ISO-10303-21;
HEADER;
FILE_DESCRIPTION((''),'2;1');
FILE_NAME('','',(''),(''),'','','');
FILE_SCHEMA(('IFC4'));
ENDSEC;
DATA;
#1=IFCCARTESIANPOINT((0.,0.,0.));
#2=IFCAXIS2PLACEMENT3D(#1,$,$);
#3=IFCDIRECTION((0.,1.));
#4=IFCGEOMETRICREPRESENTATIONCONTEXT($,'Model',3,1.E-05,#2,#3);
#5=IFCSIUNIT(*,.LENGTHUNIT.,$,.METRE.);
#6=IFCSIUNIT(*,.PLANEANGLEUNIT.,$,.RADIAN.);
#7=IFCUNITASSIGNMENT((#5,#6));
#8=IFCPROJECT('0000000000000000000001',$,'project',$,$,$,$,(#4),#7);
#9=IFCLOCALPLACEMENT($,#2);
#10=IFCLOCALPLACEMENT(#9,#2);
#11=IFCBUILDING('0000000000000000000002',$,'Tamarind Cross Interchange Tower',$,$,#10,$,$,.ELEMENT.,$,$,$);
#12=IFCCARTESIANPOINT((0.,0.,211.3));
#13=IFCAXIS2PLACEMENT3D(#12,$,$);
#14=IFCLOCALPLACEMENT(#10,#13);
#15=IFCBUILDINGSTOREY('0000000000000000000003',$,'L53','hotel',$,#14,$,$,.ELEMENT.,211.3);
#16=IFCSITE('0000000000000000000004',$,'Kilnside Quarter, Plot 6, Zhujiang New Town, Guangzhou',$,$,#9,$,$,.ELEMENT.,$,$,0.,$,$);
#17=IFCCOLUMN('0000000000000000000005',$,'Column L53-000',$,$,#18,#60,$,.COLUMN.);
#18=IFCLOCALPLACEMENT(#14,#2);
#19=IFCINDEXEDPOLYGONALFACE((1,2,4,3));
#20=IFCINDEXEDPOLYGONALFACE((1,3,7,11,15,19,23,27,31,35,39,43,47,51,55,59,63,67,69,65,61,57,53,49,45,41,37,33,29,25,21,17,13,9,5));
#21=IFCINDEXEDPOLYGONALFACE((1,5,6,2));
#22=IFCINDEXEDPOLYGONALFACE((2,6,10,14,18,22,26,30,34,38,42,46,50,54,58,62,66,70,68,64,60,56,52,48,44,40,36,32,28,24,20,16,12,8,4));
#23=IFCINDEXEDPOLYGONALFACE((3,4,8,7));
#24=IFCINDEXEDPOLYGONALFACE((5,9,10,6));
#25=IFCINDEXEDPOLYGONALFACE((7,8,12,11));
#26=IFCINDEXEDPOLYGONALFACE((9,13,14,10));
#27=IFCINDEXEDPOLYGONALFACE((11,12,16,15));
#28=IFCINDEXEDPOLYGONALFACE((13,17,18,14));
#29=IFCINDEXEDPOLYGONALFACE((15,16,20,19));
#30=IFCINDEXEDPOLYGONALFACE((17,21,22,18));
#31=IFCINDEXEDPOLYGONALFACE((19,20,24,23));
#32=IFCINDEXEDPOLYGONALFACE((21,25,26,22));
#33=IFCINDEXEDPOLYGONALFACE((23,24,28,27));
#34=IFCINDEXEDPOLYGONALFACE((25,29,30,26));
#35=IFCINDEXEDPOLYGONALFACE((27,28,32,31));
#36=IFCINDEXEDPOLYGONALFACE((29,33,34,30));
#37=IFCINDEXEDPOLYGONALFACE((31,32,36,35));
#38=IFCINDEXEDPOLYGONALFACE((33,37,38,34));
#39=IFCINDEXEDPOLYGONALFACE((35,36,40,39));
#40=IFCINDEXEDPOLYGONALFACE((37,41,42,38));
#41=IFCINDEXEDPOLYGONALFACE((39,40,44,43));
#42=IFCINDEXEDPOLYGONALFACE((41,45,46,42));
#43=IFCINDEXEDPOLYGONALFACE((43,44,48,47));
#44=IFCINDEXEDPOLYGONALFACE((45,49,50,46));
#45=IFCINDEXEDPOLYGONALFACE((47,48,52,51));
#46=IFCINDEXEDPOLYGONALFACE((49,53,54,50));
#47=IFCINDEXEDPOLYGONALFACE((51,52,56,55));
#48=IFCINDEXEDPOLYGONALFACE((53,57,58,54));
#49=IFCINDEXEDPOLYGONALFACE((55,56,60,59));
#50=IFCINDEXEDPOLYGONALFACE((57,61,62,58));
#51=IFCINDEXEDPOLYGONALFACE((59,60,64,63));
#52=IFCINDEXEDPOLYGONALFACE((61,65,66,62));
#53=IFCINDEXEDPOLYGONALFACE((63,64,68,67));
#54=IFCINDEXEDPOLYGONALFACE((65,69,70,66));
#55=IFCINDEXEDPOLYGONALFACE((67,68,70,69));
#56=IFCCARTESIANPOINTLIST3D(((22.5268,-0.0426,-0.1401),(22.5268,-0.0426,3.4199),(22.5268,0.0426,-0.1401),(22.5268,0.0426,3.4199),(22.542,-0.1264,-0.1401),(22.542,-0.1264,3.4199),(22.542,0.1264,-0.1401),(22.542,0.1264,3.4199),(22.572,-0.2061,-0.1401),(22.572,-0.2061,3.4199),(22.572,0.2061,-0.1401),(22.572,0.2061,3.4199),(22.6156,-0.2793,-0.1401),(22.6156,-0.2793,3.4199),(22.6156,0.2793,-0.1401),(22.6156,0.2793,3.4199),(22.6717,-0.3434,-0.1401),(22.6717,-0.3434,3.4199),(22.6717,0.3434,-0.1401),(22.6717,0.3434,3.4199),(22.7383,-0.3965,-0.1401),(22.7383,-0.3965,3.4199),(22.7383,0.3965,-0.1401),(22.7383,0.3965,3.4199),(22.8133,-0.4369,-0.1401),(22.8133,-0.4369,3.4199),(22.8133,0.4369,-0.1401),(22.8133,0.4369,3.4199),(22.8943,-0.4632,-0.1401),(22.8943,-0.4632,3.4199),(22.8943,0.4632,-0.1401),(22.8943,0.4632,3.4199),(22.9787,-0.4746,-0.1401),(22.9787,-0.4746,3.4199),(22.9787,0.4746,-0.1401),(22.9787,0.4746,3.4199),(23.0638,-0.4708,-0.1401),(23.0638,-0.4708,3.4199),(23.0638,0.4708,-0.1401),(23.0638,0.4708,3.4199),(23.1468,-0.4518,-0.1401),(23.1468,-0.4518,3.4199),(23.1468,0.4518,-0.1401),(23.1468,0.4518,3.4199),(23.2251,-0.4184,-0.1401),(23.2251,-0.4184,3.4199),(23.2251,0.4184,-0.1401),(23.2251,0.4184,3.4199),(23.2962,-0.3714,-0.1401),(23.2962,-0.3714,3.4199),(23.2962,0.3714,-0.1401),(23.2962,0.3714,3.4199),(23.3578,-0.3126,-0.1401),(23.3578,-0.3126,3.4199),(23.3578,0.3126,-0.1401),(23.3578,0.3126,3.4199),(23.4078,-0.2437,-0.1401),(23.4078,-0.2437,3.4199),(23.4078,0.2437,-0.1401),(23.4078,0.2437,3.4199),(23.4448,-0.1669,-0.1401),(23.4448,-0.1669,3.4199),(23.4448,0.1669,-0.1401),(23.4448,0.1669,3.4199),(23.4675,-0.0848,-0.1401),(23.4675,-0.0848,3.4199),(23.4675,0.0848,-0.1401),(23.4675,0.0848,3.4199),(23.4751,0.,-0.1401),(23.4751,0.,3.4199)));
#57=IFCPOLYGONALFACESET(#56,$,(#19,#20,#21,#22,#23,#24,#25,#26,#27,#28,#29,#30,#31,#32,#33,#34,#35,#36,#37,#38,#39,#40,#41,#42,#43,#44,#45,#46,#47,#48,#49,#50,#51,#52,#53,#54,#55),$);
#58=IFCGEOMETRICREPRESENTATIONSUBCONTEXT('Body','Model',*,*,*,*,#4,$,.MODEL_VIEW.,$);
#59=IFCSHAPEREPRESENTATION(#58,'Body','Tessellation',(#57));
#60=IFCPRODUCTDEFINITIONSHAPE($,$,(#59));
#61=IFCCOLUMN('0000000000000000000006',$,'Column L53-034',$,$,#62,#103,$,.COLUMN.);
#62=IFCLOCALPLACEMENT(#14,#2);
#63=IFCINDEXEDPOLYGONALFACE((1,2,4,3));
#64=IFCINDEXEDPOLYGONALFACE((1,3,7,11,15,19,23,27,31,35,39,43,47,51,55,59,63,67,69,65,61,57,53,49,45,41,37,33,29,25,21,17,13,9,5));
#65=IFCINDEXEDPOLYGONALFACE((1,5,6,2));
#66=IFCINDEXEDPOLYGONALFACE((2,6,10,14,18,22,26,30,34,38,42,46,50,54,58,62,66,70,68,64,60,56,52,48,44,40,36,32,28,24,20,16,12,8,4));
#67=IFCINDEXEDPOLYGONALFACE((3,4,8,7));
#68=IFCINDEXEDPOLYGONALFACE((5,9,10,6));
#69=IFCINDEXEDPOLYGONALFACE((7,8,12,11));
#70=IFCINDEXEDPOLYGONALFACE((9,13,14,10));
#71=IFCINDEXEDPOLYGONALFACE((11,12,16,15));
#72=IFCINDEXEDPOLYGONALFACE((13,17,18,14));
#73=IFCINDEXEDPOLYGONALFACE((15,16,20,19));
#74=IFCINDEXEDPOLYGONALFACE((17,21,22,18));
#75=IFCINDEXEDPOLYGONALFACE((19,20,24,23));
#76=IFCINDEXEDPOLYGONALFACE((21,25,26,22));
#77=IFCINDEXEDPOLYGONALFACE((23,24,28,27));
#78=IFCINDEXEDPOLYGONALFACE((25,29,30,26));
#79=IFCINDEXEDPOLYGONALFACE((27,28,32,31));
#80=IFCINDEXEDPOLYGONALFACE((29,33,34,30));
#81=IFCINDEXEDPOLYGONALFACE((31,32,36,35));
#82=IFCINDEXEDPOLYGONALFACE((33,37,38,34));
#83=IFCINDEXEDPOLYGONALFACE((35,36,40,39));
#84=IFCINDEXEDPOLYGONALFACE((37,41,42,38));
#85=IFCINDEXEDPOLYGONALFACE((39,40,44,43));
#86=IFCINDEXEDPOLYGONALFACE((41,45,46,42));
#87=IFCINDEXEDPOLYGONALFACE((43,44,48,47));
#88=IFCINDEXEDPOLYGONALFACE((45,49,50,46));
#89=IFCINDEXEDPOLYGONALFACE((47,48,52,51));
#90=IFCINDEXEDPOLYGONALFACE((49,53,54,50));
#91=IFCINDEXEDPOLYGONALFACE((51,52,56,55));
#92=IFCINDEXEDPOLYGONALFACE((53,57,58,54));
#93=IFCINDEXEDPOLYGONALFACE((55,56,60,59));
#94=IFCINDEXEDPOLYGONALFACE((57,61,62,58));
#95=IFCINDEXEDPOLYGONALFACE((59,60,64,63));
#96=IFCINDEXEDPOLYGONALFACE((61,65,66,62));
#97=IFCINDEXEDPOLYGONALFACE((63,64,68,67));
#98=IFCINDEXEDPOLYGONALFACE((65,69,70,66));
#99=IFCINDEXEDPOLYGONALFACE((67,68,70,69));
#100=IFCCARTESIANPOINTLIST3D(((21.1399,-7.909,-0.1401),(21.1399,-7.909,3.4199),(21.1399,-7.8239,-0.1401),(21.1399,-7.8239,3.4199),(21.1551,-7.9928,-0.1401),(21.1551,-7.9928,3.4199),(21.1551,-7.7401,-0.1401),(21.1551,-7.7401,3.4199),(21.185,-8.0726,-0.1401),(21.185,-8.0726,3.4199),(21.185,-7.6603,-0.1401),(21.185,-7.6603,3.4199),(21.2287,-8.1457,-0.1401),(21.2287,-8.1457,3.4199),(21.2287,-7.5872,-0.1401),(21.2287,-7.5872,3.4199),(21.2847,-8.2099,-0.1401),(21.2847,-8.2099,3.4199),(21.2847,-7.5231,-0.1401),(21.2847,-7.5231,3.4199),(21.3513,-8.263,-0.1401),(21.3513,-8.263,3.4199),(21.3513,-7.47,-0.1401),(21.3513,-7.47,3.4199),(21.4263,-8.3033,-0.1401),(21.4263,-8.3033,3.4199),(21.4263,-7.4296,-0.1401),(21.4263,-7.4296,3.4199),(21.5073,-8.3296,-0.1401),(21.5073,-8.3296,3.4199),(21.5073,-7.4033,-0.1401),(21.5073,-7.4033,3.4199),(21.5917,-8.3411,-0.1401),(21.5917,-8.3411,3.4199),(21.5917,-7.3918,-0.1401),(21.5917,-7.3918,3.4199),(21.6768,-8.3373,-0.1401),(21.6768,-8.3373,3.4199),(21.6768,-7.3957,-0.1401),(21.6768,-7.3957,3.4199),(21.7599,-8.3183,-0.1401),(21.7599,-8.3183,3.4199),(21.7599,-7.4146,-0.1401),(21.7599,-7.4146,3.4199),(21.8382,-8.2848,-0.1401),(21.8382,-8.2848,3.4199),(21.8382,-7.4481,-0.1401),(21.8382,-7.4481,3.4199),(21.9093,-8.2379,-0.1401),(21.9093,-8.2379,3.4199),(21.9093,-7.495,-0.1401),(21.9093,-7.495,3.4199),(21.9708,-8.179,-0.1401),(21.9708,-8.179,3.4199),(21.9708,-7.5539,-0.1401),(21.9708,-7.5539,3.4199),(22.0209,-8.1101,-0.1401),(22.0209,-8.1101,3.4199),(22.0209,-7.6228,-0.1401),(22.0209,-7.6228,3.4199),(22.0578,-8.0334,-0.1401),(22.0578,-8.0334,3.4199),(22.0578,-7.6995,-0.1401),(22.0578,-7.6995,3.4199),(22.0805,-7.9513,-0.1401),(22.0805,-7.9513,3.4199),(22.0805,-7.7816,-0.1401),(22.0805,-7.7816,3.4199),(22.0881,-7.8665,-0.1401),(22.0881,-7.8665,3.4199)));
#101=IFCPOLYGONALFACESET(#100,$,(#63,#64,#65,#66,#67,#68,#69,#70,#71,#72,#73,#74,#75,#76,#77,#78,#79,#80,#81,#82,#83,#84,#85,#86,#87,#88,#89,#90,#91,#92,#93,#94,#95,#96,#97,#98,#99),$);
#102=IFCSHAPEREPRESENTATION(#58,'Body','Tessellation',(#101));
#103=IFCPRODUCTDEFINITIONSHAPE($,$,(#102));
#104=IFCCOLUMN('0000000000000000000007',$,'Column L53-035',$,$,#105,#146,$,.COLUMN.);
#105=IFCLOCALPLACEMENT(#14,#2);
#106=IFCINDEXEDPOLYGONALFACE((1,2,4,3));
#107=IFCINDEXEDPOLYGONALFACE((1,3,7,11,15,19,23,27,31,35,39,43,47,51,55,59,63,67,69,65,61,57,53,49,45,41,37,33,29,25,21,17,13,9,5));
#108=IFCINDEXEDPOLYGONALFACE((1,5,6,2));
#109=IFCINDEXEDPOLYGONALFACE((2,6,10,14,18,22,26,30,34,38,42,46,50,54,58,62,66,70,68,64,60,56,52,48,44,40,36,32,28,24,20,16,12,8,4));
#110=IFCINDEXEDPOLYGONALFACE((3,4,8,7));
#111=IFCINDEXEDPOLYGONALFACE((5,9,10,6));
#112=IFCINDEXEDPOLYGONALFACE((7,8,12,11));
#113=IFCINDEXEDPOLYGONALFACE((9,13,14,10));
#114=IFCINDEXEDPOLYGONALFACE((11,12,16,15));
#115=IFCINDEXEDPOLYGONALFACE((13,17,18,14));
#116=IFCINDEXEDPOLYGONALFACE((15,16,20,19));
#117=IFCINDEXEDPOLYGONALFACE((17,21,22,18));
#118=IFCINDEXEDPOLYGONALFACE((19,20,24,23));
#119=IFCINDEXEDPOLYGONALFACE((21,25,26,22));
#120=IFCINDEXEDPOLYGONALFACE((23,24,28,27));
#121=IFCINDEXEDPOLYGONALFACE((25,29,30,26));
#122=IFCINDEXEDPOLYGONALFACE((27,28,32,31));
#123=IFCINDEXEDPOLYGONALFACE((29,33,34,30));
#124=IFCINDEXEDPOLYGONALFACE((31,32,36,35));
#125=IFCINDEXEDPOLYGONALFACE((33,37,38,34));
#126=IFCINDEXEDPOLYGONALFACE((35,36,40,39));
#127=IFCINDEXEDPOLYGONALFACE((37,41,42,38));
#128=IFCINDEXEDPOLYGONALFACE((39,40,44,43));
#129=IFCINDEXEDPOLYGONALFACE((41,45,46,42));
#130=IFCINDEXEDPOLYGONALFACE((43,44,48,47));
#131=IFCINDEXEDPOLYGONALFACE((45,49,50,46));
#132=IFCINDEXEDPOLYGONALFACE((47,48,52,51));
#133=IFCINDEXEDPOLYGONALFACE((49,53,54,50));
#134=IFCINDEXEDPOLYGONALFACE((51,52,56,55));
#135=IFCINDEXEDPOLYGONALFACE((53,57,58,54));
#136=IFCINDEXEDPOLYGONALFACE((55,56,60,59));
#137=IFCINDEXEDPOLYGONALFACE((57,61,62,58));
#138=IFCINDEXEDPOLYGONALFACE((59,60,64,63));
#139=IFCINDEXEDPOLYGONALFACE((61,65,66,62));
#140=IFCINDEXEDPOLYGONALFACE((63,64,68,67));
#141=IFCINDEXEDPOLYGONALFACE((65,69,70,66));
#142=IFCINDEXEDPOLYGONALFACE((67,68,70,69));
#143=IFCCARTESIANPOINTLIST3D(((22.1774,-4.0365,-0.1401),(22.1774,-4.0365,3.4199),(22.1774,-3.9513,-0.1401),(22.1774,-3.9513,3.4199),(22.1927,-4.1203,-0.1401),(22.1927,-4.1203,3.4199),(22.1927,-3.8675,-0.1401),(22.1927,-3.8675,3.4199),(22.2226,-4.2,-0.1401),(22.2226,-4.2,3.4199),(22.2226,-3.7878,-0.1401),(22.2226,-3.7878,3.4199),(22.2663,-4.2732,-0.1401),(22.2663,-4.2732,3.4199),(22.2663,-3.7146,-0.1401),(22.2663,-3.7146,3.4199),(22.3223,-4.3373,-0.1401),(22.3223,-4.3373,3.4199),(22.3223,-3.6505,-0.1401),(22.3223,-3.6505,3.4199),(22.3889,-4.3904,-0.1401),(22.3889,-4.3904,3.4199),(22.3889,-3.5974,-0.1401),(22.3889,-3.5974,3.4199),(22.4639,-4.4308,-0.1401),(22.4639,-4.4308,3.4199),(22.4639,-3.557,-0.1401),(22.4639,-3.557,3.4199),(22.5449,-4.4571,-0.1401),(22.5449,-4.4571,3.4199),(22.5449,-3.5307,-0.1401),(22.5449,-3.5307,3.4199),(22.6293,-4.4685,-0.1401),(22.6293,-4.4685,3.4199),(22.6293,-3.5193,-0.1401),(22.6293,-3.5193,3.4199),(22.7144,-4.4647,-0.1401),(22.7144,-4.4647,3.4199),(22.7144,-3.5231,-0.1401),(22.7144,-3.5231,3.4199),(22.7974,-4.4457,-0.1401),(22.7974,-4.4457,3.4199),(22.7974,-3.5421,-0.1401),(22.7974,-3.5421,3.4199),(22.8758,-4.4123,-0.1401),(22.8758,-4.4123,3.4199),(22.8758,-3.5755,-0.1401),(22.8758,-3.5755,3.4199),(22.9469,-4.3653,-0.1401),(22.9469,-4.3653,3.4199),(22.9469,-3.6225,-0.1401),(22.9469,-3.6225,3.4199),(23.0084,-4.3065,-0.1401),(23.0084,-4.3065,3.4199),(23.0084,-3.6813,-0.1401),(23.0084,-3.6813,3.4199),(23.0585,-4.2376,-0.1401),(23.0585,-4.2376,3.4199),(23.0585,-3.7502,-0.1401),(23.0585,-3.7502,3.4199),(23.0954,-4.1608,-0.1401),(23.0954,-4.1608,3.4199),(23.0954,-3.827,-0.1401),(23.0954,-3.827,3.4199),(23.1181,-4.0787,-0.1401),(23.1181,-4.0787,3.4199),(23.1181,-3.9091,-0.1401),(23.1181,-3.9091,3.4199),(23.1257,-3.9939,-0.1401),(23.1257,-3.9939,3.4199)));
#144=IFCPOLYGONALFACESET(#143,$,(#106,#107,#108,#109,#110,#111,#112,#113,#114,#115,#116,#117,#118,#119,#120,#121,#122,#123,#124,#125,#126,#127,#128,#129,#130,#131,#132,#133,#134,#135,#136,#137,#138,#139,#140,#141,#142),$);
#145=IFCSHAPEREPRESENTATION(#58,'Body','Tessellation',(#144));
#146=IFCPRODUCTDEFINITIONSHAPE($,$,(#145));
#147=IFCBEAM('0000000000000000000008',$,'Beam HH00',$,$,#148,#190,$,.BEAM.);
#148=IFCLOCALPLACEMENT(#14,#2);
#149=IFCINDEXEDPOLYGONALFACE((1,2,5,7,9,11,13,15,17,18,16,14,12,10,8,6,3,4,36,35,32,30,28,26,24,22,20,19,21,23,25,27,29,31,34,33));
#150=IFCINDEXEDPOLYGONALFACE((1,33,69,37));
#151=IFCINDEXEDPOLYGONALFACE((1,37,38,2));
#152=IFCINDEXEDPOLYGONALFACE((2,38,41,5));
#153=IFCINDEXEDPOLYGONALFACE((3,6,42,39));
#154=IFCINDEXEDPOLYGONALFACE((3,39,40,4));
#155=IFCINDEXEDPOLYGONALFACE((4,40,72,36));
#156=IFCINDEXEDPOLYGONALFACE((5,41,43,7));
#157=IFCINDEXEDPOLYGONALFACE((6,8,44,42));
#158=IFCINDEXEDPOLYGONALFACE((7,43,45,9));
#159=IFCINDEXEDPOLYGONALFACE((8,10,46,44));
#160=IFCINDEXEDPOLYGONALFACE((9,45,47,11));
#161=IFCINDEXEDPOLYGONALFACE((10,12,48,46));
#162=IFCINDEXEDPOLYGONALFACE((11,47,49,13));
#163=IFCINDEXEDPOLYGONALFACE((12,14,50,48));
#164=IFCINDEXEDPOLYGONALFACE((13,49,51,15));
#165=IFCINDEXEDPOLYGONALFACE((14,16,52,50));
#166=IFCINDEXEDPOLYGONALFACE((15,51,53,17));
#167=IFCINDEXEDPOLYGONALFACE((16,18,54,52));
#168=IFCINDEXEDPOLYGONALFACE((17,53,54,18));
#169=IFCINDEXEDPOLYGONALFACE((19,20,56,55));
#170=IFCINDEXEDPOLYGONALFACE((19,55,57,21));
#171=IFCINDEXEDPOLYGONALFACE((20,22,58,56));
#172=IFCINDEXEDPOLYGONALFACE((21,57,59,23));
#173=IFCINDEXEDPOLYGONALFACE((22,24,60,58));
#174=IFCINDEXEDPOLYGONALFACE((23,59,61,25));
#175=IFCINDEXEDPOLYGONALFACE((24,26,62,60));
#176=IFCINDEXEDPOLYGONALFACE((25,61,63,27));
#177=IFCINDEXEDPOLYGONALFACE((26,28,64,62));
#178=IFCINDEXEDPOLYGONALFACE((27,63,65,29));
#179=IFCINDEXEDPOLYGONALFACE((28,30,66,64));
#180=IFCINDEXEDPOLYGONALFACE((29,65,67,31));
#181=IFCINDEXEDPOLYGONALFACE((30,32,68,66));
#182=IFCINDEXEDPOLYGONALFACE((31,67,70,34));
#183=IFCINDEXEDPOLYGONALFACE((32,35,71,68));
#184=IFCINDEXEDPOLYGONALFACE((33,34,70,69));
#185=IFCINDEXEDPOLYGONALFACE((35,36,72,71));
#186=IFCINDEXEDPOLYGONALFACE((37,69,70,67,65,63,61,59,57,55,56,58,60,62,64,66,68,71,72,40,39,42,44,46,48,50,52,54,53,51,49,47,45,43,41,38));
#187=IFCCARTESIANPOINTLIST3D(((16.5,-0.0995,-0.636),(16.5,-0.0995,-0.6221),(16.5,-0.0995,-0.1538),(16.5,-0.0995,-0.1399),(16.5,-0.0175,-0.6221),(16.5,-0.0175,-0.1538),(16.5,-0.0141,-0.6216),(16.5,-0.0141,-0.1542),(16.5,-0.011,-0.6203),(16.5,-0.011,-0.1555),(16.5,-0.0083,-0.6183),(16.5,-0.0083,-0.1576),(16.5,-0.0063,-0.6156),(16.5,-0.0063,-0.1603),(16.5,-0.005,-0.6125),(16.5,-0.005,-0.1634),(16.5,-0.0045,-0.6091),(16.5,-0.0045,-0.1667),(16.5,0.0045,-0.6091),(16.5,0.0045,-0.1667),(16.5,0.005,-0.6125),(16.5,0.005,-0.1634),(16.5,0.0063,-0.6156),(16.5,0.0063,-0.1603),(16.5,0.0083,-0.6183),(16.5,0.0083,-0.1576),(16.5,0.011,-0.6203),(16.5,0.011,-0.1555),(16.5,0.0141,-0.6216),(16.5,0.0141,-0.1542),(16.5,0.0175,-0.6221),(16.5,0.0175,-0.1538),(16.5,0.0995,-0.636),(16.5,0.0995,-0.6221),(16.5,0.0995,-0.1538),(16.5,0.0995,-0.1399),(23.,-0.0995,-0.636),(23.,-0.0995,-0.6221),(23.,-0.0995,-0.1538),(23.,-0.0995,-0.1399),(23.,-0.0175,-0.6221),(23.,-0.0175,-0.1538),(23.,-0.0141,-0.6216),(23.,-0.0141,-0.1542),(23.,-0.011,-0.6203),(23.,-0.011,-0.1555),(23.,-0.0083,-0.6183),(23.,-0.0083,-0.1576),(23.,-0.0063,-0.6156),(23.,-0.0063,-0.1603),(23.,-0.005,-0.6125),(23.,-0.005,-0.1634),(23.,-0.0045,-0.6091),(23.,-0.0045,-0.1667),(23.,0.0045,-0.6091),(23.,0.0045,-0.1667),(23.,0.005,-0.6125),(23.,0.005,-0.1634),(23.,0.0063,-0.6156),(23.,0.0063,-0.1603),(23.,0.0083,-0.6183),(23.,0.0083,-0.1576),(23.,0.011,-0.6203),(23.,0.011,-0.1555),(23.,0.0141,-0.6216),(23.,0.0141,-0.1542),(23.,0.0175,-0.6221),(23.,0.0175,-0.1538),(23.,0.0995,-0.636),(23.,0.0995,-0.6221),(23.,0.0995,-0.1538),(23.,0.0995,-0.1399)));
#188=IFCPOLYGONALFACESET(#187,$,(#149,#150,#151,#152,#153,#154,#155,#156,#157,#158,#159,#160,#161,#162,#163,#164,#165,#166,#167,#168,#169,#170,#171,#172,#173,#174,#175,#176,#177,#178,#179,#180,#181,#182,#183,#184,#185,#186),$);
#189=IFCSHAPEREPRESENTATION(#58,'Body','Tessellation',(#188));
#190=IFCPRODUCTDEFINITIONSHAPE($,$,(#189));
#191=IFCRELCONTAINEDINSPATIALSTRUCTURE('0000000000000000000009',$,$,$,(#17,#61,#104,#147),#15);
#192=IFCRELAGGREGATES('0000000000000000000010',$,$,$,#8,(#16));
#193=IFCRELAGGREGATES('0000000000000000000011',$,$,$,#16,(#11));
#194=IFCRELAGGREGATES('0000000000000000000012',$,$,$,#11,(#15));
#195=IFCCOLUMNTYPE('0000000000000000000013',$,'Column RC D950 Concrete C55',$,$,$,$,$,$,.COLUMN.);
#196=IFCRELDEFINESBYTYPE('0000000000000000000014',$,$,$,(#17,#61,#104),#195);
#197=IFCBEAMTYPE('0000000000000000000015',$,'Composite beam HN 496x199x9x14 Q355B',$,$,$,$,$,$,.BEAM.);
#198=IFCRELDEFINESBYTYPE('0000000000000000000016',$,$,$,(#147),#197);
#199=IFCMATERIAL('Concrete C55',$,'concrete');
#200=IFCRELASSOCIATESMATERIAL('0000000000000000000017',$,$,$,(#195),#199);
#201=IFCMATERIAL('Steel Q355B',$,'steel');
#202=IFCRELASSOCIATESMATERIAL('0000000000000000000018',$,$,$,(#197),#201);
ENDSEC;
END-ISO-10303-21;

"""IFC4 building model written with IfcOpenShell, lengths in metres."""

from ifc_helpers import new_model, si_unit, direction, frame, origin, origin_2d, place, context, subcontext, project, spatial, circle, i_section, extrude, material, material_profile, profile_set, type_object, element, save


model = new_model("IFC4")

# Units and contexts
model_context = context("Model", 3, precision=1e-05, world=origin(), true_north=direction((0.0, 1.0)))
body_context = subcontext(model_context, "Body", "Model", "MODEL_VIEW")
ifc_project = project(units=[si_unit("LENGTHUNIT", "METRE"), si_unit("PLANEANGLEUNIT", "RADIAN")], contexts=[model_context])

# Site, building, storey
site_placement = place(None, origin())
site = spatial("IfcSite", under=ifc_project, at=site_placement, Name="Kilnside Quarter, Plot 6, Zhujiang New Town, Guangzhou", CompositionType="ELEMENT", RefElevation=0.0)
building_placement = place(site_placement, origin())
building = spatial("IfcBuilding", under=site, at=building_placement, Name="Tamarind Cross Interchange Tower", CompositionType="ELEMENT")
storey_placement = place(building_placement, frame((0.0, 0.0, 211.3)))
storey = spatial("IfcBuildingStorey", under=building, at=storey_placement, Name="L53", Description="hotel", CompositionType="ELEMENT", Elevation=211.3)

# Columns
ifc_material_1 = material(Name="Concrete C55", Category="concrete")
ifc_material_profile_1 = material_profile(ifc_material_1, circle(Radius=0.4751, at=origin_2d()), Name="RC D950")
ifc_profile_set_1 = profile_set([ifc_material_profile_1], Name="Concrete C55")
column_type = type_object("IfcColumnType", Name="Column RC D950 Concrete C55", PredefinedType="COLUMN", material=ifc_profile_set_1)
for number, where, z_axis, x_axis, name in (
    (1, (23.0, 0.0, -0.1401), (0.0, 0.0, 1.0), (1.0, 0.0, 0.0), "Column L53-000"),
    (2, (21.613, -7.8665, -0.1401), (0.0, 0.0, 1.0), (1.0, 0.0, 0.0), "Column L53-034"),
    (3, (22.6506, -3.9939, -0.1401), (0.0, 0.0, 1.0), (1.0, 0.0, 0.0), "Column L53-035"),
):
    element("IfcColumn", number, at=place(storey_placement, frame(where, z_axis=z_axis, x_axis=x_axis)), inside=storey, type_object=column_type, Name=name, PredefinedType="COLUMN", context=body_context, shape_type="SweptSolid", body=[
        extrude(circle(Radius=0.4751, at=origin_2d()), origin(), (0.0, 0.0, 1.0), 3.5601),
    ])

# Beam
ifc_material_2 = material(Name="Steel Q355B", Category="steel")
ifc_material_profile_2 = material_profile(ifc_material_2, i_section(OverallWidth=0.199, OverallDepth=0.4961, WebThickness=0.009, FlangeThickness=0.0139, FilletRadius=0.0129, at=origin_2d()), Name="HN 496x199x9x14")
ifc_profile_set_2 = profile_set([ifc_material_profile_2], Name="Steel Q355B")
beam_type = type_object("IfcBeamType", Name="Composite beam HN 496x199x9x14 Q355B", PredefinedType="BEAM", material=ifc_profile_set_2)
beam_1_placement = place(storey_placement, frame((23.0, 0.0, -0.3879), z_axis=(-1.0, 0.0, 0.0), x_axis=(0.0, -1.0, 0.0)))
element("IfcBeam", 4, at=beam_1_placement, inside=storey, type_object=beam_type, Name="Beam HH00", PredefinedType="BEAM", context=body_context, shape_type="SweptSolid", body=[
    extrude(i_section(OverallWidth=0.199, OverallDepth=0.4961, WebThickness=0.009, FlangeThickness=0.0139, FilletRadius=0.0129, at=origin_2d()), origin(), (0.0, 0.0, 1.0), 6.5),
])

save(model, "model.ifc")
